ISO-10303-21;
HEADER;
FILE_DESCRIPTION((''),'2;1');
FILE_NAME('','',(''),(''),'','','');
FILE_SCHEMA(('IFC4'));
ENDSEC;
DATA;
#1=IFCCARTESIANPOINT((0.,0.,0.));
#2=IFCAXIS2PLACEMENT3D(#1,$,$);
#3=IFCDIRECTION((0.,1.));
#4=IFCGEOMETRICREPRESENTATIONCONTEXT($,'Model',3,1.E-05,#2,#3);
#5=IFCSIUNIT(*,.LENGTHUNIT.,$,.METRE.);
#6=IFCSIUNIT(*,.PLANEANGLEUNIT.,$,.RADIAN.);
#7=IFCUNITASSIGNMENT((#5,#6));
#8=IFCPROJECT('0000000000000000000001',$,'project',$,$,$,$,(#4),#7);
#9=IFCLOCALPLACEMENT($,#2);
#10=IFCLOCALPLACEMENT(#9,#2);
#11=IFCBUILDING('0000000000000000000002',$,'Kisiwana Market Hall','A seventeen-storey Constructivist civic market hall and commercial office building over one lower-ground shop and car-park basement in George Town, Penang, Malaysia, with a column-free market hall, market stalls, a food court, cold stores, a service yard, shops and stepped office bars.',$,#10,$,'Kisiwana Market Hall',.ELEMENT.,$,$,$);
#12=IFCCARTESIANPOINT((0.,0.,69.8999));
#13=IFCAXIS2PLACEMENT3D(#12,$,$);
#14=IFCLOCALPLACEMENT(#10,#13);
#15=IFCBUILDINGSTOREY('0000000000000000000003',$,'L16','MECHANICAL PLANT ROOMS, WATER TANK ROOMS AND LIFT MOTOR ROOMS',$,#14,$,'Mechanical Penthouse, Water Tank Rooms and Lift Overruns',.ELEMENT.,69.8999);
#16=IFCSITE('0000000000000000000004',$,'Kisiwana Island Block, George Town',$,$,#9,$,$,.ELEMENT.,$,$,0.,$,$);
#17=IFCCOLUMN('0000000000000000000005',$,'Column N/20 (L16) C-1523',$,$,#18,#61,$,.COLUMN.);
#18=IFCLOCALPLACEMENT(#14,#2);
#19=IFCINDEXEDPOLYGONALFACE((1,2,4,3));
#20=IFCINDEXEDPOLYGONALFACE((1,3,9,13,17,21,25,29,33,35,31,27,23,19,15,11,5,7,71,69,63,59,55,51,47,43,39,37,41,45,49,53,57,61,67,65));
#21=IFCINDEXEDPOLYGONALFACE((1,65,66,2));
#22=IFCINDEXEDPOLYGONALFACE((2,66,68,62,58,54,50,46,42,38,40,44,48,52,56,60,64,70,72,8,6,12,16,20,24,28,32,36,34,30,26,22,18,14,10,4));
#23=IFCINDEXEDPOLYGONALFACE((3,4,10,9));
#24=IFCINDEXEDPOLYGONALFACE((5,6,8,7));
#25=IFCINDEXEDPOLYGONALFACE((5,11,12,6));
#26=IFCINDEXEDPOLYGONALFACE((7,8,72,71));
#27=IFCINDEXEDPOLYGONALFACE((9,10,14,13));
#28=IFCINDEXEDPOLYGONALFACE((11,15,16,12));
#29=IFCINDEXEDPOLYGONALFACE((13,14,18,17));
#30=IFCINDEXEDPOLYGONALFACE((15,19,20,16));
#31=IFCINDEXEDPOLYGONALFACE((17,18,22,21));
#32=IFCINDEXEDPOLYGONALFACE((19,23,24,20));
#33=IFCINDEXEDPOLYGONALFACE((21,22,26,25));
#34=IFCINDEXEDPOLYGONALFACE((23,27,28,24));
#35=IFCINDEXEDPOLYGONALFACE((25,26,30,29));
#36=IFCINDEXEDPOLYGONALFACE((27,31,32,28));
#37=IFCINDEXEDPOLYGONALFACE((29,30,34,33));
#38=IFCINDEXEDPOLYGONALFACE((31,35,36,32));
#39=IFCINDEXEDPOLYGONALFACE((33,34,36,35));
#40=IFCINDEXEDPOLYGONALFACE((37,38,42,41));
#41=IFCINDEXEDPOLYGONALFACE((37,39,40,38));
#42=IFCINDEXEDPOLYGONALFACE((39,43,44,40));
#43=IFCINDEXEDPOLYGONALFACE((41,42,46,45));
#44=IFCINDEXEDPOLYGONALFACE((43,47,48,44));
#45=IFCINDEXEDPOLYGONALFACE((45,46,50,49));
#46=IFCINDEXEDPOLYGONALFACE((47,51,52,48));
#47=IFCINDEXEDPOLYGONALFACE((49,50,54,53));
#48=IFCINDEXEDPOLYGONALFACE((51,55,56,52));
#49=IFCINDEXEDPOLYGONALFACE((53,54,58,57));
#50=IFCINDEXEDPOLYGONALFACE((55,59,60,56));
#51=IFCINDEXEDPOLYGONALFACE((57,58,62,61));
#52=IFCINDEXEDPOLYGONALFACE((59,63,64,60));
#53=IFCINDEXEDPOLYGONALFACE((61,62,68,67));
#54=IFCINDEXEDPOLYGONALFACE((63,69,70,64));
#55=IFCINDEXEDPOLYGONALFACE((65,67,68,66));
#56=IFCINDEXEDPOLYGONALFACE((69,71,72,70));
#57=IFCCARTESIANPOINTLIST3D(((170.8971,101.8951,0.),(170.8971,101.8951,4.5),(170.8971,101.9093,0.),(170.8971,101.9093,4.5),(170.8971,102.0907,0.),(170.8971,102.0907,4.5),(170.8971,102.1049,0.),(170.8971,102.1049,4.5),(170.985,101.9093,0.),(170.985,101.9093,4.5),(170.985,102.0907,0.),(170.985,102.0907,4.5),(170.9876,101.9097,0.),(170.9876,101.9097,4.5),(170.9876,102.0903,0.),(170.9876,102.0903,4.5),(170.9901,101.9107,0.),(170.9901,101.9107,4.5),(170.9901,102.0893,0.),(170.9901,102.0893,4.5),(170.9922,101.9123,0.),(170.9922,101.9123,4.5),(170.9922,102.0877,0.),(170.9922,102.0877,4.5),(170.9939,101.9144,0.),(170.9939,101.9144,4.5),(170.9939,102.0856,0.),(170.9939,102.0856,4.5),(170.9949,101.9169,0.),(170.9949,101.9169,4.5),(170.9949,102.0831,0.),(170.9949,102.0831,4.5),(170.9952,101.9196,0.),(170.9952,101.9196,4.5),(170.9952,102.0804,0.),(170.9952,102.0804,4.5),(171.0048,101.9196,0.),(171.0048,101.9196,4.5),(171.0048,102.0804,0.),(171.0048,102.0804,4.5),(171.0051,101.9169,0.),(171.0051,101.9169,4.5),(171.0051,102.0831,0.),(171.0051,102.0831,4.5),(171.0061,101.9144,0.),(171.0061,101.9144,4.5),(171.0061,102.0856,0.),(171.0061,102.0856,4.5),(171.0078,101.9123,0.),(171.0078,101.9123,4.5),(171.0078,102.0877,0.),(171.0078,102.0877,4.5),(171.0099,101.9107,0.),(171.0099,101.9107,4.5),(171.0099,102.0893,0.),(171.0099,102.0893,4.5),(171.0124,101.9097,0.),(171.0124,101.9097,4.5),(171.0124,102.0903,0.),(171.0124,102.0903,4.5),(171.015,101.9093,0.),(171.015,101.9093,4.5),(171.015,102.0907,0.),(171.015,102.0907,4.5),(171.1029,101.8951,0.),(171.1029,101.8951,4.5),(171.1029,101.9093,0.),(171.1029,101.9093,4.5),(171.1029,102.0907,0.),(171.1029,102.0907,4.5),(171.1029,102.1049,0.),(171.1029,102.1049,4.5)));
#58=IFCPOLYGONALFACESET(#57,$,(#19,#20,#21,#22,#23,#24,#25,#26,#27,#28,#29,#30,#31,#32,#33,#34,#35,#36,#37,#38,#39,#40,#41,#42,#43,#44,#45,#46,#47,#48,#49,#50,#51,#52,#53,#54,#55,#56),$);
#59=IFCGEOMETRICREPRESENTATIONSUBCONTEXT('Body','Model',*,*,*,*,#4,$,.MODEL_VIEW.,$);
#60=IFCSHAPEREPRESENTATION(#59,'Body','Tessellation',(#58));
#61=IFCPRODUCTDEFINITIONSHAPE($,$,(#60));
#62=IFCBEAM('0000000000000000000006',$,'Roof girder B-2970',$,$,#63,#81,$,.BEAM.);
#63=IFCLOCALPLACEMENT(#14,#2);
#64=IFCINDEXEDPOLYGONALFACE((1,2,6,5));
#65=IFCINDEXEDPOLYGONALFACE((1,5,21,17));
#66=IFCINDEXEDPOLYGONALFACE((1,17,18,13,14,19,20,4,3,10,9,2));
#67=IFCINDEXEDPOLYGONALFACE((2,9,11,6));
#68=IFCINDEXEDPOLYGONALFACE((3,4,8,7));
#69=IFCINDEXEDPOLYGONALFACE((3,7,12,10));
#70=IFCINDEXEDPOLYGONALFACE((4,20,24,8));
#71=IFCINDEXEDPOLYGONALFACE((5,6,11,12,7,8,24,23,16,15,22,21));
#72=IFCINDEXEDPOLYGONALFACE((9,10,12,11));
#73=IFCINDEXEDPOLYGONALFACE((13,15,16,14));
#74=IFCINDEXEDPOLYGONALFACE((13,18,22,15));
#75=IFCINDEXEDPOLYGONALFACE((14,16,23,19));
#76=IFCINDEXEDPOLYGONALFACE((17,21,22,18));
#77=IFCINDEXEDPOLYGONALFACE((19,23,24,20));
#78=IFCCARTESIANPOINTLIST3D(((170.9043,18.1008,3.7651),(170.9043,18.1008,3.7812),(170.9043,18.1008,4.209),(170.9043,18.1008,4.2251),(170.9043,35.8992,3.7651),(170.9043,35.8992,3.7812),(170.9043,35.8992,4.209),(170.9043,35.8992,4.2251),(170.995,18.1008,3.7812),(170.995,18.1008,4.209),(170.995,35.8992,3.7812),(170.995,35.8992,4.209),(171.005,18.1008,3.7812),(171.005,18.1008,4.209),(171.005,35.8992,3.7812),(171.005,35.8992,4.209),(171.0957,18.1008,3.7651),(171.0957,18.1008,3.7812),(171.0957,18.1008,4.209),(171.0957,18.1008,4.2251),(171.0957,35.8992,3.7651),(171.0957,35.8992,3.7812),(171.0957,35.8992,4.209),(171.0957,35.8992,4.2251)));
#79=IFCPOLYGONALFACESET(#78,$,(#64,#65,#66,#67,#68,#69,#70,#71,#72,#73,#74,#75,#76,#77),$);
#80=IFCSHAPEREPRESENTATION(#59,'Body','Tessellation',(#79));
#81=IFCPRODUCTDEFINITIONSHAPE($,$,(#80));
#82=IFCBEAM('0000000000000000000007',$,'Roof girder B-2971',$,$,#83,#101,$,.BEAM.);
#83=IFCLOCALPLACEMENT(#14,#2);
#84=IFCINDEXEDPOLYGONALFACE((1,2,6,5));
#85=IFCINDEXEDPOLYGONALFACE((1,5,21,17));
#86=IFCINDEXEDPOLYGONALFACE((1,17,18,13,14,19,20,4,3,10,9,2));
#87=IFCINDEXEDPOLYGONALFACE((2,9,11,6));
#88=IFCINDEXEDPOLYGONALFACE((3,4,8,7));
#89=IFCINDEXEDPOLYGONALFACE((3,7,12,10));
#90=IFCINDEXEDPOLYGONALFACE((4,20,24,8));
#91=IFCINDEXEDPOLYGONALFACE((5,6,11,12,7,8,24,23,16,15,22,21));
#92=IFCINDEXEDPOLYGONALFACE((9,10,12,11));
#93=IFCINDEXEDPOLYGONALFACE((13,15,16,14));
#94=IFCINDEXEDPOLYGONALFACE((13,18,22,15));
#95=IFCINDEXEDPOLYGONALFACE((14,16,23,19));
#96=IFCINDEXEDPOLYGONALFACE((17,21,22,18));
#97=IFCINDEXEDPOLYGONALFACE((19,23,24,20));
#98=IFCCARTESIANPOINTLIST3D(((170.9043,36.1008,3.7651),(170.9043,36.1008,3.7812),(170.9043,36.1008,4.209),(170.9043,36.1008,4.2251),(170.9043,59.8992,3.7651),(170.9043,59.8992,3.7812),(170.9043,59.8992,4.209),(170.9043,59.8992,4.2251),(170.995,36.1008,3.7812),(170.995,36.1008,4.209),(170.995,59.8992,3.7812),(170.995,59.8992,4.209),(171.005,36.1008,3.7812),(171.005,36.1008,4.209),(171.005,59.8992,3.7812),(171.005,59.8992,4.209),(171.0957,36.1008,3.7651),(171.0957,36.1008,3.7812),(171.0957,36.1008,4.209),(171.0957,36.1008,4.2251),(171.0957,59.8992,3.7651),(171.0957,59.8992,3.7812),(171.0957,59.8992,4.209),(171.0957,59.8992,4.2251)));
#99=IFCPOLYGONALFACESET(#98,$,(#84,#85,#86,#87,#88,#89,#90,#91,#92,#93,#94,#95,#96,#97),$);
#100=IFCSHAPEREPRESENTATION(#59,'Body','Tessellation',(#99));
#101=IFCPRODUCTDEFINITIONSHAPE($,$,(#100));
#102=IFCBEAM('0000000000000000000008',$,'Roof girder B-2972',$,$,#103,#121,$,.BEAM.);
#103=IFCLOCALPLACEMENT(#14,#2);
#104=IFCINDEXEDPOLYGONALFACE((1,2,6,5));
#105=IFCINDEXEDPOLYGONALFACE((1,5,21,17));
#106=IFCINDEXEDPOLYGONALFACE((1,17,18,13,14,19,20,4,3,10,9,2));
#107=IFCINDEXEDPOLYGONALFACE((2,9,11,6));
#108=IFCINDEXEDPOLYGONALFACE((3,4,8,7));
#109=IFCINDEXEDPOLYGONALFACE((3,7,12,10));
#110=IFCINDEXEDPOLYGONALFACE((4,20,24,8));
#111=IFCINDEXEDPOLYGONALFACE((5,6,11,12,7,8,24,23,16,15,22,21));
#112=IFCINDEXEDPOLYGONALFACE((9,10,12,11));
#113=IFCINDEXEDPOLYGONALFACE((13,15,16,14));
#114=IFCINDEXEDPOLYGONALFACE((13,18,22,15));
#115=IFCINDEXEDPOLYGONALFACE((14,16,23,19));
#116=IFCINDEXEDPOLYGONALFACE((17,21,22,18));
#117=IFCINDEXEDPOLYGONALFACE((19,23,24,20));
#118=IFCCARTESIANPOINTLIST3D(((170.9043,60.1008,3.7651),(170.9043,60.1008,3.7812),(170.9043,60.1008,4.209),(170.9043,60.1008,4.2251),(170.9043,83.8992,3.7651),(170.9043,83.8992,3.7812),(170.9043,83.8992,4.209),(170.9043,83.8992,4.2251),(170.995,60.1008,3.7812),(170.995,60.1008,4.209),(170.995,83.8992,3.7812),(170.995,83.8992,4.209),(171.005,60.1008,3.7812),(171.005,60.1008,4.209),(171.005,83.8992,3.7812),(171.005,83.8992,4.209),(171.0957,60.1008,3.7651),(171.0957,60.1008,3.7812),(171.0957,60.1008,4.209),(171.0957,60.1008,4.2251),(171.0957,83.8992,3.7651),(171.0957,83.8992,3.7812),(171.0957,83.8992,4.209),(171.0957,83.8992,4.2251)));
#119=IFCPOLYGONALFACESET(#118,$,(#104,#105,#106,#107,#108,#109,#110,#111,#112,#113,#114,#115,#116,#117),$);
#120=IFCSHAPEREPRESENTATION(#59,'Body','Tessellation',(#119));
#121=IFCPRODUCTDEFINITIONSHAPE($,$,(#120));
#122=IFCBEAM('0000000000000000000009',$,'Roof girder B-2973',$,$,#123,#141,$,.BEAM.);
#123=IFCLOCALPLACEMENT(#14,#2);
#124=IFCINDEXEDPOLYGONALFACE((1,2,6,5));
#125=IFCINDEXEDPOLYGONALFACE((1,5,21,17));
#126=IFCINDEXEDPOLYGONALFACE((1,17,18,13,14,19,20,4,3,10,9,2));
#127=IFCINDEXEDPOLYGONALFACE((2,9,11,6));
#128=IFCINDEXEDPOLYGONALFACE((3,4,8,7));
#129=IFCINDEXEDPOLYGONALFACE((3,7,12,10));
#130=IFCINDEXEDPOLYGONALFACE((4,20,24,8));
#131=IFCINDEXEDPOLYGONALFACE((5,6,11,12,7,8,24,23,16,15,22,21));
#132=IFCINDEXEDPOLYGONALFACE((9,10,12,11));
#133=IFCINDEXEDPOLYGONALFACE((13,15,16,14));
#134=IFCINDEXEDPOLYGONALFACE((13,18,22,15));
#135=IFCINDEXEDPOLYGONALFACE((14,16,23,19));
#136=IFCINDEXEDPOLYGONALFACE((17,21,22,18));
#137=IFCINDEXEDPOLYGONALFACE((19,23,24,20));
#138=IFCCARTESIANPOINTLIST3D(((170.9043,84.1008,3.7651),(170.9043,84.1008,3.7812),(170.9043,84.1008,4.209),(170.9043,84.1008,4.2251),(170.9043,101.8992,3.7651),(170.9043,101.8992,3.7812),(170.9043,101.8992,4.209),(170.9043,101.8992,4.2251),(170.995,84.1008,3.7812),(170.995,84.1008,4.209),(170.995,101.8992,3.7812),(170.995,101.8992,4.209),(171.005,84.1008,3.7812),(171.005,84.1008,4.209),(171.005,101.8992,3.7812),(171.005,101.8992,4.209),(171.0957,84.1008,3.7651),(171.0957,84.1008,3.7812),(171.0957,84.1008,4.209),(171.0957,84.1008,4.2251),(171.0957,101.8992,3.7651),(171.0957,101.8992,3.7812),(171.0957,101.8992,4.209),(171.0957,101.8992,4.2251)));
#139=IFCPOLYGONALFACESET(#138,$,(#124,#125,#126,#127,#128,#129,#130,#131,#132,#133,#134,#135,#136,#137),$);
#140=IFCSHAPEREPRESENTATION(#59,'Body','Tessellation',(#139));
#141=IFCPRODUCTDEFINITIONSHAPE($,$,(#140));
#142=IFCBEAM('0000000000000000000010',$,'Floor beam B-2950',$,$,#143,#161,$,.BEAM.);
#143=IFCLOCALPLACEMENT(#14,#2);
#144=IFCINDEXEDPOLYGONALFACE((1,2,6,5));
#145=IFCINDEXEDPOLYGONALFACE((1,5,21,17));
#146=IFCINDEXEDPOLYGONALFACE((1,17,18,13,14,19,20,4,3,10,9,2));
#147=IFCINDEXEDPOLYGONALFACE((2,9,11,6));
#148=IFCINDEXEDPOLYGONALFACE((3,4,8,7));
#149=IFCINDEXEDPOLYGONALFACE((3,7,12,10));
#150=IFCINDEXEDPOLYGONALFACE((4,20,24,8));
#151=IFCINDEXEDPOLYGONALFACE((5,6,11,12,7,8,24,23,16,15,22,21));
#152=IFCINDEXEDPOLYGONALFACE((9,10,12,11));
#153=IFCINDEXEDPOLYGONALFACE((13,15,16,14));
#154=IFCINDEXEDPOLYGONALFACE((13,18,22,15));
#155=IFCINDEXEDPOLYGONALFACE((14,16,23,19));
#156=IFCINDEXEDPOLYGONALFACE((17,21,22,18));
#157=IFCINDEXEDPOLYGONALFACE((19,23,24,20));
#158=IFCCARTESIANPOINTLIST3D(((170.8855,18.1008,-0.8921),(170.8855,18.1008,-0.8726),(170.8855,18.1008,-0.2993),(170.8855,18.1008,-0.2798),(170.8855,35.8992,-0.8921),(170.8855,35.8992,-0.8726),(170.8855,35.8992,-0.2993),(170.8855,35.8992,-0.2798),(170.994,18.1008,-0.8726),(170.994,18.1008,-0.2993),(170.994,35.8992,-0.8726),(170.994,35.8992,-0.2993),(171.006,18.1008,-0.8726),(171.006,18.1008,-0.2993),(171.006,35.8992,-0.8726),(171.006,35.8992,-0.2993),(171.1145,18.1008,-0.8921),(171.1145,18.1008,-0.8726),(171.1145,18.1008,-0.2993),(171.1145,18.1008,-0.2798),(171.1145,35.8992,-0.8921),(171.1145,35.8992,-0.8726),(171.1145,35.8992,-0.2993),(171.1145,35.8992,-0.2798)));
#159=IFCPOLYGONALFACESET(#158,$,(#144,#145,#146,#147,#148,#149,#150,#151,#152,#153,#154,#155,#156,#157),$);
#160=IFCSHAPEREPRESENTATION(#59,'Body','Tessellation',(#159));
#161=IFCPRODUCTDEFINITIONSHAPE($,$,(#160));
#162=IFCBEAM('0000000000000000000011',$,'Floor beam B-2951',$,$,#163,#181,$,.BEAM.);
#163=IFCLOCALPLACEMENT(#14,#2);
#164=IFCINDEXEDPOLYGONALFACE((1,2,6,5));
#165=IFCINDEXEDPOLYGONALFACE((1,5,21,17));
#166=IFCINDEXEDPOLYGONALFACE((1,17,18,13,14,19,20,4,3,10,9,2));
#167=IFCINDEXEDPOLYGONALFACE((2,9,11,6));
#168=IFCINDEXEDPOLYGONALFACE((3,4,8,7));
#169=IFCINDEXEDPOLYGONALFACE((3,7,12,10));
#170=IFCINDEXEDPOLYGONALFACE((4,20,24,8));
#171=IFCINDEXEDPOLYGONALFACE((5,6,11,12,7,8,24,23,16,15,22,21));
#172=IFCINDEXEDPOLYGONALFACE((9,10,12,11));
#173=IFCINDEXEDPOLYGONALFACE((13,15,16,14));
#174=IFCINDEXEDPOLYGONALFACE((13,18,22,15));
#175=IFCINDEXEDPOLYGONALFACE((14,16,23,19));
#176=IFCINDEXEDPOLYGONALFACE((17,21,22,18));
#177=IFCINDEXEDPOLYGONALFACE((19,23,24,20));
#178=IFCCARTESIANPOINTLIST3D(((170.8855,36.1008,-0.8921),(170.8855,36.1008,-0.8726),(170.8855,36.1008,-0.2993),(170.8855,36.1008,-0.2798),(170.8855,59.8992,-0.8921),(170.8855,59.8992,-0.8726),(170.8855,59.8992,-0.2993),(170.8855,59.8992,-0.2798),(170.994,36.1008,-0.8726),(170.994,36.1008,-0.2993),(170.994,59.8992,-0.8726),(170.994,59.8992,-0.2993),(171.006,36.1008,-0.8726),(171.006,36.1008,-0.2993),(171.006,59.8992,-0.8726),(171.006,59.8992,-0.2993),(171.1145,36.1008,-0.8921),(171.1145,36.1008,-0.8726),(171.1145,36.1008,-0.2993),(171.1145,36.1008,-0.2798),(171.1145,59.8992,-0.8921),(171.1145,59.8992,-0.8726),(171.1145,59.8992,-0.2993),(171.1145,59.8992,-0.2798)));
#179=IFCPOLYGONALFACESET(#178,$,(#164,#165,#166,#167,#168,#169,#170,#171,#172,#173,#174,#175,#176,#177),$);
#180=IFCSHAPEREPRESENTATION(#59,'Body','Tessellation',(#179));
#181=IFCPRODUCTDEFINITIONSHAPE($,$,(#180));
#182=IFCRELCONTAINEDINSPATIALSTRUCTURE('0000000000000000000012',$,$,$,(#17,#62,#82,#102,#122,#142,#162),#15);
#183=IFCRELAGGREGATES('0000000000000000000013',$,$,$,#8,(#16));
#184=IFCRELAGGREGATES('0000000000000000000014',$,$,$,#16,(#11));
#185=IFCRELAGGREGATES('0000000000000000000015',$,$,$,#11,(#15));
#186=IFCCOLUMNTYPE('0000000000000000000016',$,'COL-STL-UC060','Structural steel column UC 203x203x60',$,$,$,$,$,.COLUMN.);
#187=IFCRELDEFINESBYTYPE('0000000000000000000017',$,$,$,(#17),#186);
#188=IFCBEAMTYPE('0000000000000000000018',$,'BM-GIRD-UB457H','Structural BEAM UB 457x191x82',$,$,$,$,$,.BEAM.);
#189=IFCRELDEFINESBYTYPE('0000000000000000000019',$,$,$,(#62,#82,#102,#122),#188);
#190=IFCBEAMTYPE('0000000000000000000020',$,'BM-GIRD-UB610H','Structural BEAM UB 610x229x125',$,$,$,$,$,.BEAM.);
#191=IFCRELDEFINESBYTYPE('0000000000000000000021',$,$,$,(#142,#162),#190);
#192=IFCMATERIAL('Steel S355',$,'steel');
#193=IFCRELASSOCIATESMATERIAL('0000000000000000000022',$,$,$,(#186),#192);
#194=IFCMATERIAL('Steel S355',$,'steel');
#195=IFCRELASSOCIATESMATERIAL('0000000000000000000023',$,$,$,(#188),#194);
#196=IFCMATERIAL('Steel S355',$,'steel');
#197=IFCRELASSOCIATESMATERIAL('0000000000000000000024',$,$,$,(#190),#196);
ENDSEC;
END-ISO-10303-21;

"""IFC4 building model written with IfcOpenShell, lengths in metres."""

from ifc_helpers import new_model, si_unit, direction, frame, origin, origin_2d, place, context, subcontext, project, spatial, i_section, extrude, material, material_profile, profile_set, type_object, element, save


model = new_model("IFC4")

# Units and contexts
model_context = context("Model", 3, precision=1e-05, world=origin(), true_north=direction((0.0, 1.0)))
body_context = subcontext(model_context, "Body", "Model", "MODEL_VIEW")
ifc_project = project(units=[si_unit("LENGTHUNIT", "METRE"), si_unit("PLANEANGLEUNIT", "RADIAN")], contexts=[model_context])

# Site, building, storey
site_placement = place(None, origin())
site = spatial("IfcSite", under=ifc_project, at=site_placement, Name="Kisiwana Island Block, George Town", CompositionType="ELEMENT", RefElevation=0.0)
building_placement = place(site_placement, origin())
building = spatial("IfcBuilding", under=site, at=building_placement, Name="Kisiwana Market Hall", Description="A seventeen-storey Constructivist civic market hall and commercial office building over one lower-ground shop and car-park basement in George Town, Penang, Malaysia, with a column-free market hall, market stalls, a food court, cold stores, a service yard, shops and stepped office bars.", LongName="Kisiwana Market Hall", CompositionType="ELEMENT")
storey_placement = place(building_placement, frame((0.0, 0.0, 69.8999)))
storey = spatial("IfcBuildingStorey", under=building, at=storey_placement, Name="L16", Description="MECHANICAL PLANT ROOMS, WATER TANK ROOMS AND LIFT MOTOR ROOMS", LongName="Mechanical Penthouse, Water Tank Rooms and Lift Overruns", CompositionType="ELEMENT", Elevation=69.8999)

# Column
ifc_material_1 = material(Name="Steel S355", Category="steel")
ifc_material_profile_1 = material_profile(ifc_material_1, i_section(OverallWidth=0.2058, OverallDepth=0.2097, WebThickness=0.0095, FlangeThickness=0.0142, FilletRadius=0.0103, at=origin_2d()), Name="UC 203x203x60")
ifc_profile_set_1 = profile_set([ifc_material_profile_1], Name="Steel S355")
column_type = type_object("IfcColumnType", Name="COL-STL-UC060", Description="Structural steel column UC 203x203x60", PredefinedType="COLUMN", material=ifc_profile_set_1)
for number, where, z_axis, x_axis, name in (
    (1, (171.0, 102.0, 0.0), (0.0, 0.0, 1.0), (1.0, 0.0, 0.0), "Column N/20 (L16) C-1523"),
):
    element("IfcColumn", number, at=place(storey_placement, frame(where, z_axis=z_axis, x_axis=x_axis)), inside=storey, type_object=column_type, Name=name, PredefinedType="COLUMN", context=body_context, shape_type="SweptSolid", body=[
        extrude(i_section(OverallWidth=0.2058, OverallDepth=0.2097, WebThickness=0.0095, FlangeThickness=0.0142, FilletRadius=0.0103, at=origin_2d()), origin(), (0.0, 0.0, 1.0), 4.5),
    ])

# Beams
ifc_material_2 = material(Name="Steel S355", Category="steel")
ifc_material_profile_2 = material_profile(ifc_material_2, i_section(OverallWidth=0.1914, OverallDepth=0.46, WebThickness=0.01, FlangeThickness=0.0161, at=origin_2d()), Name="UB 457x191x82")
ifc_profile_set_2 = profile_set([ifc_material_profile_2], Name="Steel S355")
beam_type_1 = type_object("IfcBeamType", Name="BM-GIRD-UB457H", Description="Structural BEAM UB 457x191x82", PredefinedType="BEAM", material=ifc_profile_set_2)
beam_1_placement = place(storey_placement, frame((171.0, 18.1008, 3.9951), z_axis=(0.0, 1.0, 0.0), x_axis=(-1.0, 0.0, 0.0)))
element("IfcBeam", 2, at=beam_1_placement, inside=storey, type_object=beam_type_1, Name="Roof girder B-2970", PredefinedType="BEAM", context=body_context, shape_type="SweptSolid", body=[
    extrude(i_section(OverallWidth=0.1914, OverallDepth=0.46, WebThickness=0.01, FlangeThickness=0.0161, at=origin_2d()), origin(), (0.0, 0.0, 1.0), 17.7983),
])
for number, where, z_axis, x_axis, name in (
    (3, (171.0, 36.1008, 3.9951), (0.0, 1.0, 0.0), (-1.0, 0.0, 0.0), "Roof girder B-2971"),
    (4, (171.0, 60.1008, 3.9951), (0.0, 1.0, 0.0), (-1.0, 0.0, 0.0), "Roof girder B-2972"),
):
    element("IfcBeam", number, at=place(storey_placement, frame(where, z_axis=z_axis, x_axis=x_axis)), inside=storey, type_object=beam_type_1, Name=name, PredefinedType="BEAM", context=body_context, shape_type="SweptSolid", body=[
        extrude(i_section(OverallWidth=0.1914, OverallDepth=0.46, WebThickness=0.01, FlangeThickness=0.0161, at=origin_2d()), origin(), (0.0, 0.0, 1.0), 23.7983),
    ])
beam_2_placement = place(storey_placement, frame((171.0, 84.1008, 3.9951), z_axis=(0.0, 1.0, 0.0), x_axis=(-1.0, 0.0, 0.0)))
element("IfcBeam", 5, at=beam_2_placement, inside=storey, type_object=beam_type_1, Name="Roof girder B-2973", PredefinedType="BEAM", context=body_context, shape_type="SweptSolid", body=[
    extrude(i_section(OverallWidth=0.1914, OverallDepth=0.46, WebThickness=0.01, FlangeThickness=0.0161, at=origin_2d()), origin(), (0.0, 0.0, 1.0), 17.7983),
])
ifc_material_3 = material(Name="Steel S355", Category="steel")
ifc_material_profile_3 = material_profile(ifc_material_3, i_section(OverallWidth=0.229, OverallDepth=0.6123, WebThickness=0.012, FlangeThickness=0.0195, at=origin_2d()), Name="UB 610x229x125")
ifc_profile_set_3 = profile_set([ifc_material_profile_3], Name="Steel S355")
beam_type_2 = type_object("IfcBeamType", Name="BM-GIRD-UB610H", Description="Structural BEAM UB 610x229x125", PredefinedType="BEAM", material=ifc_profile_set_3)
beam_3_placement = place(storey_placement, frame((171.0, 18.1008, -0.5859), z_axis=(0.0, 1.0, 0.0), x_axis=(-1.0, 0.0, 0.0)))
element("IfcBeam", 6, at=beam_3_placement, inside=storey, type_object=beam_type_2, Name="Floor beam B-2950", PredefinedType="BEAM", context=body_context, shape_type="SweptSolid", body=[
    extrude(i_section(OverallWidth=0.229, OverallDepth=0.6123, WebThickness=0.012, FlangeThickness=0.0195, at=origin_2d()), origin(), (0.0, 0.0, 1.0), 17.7983),
])
for number, where, z_axis, x_axis, name in (
    (7, (171.0, 36.1008, -0.5859), (0.0, 1.0, 0.0), (-1.0, 0.0, 0.0), "Floor beam B-2951"),
):
    element("IfcBeam", number, at=place(storey_placement, frame(where, z_axis=z_axis, x_axis=x_axis)), inside=storey, type_object=beam_type_2, Name=name, PredefinedType="BEAM", context=body_context, shape_type="SweptSolid", body=[
        extrude(i_section(OverallWidth=0.229, OverallDepth=0.6123, WebThickness=0.012, FlangeThickness=0.0195, at=origin_2d()), origin(), (0.0, 0.0, 1.0), 23.7983),
    ])

save(model, "model.ifc")
